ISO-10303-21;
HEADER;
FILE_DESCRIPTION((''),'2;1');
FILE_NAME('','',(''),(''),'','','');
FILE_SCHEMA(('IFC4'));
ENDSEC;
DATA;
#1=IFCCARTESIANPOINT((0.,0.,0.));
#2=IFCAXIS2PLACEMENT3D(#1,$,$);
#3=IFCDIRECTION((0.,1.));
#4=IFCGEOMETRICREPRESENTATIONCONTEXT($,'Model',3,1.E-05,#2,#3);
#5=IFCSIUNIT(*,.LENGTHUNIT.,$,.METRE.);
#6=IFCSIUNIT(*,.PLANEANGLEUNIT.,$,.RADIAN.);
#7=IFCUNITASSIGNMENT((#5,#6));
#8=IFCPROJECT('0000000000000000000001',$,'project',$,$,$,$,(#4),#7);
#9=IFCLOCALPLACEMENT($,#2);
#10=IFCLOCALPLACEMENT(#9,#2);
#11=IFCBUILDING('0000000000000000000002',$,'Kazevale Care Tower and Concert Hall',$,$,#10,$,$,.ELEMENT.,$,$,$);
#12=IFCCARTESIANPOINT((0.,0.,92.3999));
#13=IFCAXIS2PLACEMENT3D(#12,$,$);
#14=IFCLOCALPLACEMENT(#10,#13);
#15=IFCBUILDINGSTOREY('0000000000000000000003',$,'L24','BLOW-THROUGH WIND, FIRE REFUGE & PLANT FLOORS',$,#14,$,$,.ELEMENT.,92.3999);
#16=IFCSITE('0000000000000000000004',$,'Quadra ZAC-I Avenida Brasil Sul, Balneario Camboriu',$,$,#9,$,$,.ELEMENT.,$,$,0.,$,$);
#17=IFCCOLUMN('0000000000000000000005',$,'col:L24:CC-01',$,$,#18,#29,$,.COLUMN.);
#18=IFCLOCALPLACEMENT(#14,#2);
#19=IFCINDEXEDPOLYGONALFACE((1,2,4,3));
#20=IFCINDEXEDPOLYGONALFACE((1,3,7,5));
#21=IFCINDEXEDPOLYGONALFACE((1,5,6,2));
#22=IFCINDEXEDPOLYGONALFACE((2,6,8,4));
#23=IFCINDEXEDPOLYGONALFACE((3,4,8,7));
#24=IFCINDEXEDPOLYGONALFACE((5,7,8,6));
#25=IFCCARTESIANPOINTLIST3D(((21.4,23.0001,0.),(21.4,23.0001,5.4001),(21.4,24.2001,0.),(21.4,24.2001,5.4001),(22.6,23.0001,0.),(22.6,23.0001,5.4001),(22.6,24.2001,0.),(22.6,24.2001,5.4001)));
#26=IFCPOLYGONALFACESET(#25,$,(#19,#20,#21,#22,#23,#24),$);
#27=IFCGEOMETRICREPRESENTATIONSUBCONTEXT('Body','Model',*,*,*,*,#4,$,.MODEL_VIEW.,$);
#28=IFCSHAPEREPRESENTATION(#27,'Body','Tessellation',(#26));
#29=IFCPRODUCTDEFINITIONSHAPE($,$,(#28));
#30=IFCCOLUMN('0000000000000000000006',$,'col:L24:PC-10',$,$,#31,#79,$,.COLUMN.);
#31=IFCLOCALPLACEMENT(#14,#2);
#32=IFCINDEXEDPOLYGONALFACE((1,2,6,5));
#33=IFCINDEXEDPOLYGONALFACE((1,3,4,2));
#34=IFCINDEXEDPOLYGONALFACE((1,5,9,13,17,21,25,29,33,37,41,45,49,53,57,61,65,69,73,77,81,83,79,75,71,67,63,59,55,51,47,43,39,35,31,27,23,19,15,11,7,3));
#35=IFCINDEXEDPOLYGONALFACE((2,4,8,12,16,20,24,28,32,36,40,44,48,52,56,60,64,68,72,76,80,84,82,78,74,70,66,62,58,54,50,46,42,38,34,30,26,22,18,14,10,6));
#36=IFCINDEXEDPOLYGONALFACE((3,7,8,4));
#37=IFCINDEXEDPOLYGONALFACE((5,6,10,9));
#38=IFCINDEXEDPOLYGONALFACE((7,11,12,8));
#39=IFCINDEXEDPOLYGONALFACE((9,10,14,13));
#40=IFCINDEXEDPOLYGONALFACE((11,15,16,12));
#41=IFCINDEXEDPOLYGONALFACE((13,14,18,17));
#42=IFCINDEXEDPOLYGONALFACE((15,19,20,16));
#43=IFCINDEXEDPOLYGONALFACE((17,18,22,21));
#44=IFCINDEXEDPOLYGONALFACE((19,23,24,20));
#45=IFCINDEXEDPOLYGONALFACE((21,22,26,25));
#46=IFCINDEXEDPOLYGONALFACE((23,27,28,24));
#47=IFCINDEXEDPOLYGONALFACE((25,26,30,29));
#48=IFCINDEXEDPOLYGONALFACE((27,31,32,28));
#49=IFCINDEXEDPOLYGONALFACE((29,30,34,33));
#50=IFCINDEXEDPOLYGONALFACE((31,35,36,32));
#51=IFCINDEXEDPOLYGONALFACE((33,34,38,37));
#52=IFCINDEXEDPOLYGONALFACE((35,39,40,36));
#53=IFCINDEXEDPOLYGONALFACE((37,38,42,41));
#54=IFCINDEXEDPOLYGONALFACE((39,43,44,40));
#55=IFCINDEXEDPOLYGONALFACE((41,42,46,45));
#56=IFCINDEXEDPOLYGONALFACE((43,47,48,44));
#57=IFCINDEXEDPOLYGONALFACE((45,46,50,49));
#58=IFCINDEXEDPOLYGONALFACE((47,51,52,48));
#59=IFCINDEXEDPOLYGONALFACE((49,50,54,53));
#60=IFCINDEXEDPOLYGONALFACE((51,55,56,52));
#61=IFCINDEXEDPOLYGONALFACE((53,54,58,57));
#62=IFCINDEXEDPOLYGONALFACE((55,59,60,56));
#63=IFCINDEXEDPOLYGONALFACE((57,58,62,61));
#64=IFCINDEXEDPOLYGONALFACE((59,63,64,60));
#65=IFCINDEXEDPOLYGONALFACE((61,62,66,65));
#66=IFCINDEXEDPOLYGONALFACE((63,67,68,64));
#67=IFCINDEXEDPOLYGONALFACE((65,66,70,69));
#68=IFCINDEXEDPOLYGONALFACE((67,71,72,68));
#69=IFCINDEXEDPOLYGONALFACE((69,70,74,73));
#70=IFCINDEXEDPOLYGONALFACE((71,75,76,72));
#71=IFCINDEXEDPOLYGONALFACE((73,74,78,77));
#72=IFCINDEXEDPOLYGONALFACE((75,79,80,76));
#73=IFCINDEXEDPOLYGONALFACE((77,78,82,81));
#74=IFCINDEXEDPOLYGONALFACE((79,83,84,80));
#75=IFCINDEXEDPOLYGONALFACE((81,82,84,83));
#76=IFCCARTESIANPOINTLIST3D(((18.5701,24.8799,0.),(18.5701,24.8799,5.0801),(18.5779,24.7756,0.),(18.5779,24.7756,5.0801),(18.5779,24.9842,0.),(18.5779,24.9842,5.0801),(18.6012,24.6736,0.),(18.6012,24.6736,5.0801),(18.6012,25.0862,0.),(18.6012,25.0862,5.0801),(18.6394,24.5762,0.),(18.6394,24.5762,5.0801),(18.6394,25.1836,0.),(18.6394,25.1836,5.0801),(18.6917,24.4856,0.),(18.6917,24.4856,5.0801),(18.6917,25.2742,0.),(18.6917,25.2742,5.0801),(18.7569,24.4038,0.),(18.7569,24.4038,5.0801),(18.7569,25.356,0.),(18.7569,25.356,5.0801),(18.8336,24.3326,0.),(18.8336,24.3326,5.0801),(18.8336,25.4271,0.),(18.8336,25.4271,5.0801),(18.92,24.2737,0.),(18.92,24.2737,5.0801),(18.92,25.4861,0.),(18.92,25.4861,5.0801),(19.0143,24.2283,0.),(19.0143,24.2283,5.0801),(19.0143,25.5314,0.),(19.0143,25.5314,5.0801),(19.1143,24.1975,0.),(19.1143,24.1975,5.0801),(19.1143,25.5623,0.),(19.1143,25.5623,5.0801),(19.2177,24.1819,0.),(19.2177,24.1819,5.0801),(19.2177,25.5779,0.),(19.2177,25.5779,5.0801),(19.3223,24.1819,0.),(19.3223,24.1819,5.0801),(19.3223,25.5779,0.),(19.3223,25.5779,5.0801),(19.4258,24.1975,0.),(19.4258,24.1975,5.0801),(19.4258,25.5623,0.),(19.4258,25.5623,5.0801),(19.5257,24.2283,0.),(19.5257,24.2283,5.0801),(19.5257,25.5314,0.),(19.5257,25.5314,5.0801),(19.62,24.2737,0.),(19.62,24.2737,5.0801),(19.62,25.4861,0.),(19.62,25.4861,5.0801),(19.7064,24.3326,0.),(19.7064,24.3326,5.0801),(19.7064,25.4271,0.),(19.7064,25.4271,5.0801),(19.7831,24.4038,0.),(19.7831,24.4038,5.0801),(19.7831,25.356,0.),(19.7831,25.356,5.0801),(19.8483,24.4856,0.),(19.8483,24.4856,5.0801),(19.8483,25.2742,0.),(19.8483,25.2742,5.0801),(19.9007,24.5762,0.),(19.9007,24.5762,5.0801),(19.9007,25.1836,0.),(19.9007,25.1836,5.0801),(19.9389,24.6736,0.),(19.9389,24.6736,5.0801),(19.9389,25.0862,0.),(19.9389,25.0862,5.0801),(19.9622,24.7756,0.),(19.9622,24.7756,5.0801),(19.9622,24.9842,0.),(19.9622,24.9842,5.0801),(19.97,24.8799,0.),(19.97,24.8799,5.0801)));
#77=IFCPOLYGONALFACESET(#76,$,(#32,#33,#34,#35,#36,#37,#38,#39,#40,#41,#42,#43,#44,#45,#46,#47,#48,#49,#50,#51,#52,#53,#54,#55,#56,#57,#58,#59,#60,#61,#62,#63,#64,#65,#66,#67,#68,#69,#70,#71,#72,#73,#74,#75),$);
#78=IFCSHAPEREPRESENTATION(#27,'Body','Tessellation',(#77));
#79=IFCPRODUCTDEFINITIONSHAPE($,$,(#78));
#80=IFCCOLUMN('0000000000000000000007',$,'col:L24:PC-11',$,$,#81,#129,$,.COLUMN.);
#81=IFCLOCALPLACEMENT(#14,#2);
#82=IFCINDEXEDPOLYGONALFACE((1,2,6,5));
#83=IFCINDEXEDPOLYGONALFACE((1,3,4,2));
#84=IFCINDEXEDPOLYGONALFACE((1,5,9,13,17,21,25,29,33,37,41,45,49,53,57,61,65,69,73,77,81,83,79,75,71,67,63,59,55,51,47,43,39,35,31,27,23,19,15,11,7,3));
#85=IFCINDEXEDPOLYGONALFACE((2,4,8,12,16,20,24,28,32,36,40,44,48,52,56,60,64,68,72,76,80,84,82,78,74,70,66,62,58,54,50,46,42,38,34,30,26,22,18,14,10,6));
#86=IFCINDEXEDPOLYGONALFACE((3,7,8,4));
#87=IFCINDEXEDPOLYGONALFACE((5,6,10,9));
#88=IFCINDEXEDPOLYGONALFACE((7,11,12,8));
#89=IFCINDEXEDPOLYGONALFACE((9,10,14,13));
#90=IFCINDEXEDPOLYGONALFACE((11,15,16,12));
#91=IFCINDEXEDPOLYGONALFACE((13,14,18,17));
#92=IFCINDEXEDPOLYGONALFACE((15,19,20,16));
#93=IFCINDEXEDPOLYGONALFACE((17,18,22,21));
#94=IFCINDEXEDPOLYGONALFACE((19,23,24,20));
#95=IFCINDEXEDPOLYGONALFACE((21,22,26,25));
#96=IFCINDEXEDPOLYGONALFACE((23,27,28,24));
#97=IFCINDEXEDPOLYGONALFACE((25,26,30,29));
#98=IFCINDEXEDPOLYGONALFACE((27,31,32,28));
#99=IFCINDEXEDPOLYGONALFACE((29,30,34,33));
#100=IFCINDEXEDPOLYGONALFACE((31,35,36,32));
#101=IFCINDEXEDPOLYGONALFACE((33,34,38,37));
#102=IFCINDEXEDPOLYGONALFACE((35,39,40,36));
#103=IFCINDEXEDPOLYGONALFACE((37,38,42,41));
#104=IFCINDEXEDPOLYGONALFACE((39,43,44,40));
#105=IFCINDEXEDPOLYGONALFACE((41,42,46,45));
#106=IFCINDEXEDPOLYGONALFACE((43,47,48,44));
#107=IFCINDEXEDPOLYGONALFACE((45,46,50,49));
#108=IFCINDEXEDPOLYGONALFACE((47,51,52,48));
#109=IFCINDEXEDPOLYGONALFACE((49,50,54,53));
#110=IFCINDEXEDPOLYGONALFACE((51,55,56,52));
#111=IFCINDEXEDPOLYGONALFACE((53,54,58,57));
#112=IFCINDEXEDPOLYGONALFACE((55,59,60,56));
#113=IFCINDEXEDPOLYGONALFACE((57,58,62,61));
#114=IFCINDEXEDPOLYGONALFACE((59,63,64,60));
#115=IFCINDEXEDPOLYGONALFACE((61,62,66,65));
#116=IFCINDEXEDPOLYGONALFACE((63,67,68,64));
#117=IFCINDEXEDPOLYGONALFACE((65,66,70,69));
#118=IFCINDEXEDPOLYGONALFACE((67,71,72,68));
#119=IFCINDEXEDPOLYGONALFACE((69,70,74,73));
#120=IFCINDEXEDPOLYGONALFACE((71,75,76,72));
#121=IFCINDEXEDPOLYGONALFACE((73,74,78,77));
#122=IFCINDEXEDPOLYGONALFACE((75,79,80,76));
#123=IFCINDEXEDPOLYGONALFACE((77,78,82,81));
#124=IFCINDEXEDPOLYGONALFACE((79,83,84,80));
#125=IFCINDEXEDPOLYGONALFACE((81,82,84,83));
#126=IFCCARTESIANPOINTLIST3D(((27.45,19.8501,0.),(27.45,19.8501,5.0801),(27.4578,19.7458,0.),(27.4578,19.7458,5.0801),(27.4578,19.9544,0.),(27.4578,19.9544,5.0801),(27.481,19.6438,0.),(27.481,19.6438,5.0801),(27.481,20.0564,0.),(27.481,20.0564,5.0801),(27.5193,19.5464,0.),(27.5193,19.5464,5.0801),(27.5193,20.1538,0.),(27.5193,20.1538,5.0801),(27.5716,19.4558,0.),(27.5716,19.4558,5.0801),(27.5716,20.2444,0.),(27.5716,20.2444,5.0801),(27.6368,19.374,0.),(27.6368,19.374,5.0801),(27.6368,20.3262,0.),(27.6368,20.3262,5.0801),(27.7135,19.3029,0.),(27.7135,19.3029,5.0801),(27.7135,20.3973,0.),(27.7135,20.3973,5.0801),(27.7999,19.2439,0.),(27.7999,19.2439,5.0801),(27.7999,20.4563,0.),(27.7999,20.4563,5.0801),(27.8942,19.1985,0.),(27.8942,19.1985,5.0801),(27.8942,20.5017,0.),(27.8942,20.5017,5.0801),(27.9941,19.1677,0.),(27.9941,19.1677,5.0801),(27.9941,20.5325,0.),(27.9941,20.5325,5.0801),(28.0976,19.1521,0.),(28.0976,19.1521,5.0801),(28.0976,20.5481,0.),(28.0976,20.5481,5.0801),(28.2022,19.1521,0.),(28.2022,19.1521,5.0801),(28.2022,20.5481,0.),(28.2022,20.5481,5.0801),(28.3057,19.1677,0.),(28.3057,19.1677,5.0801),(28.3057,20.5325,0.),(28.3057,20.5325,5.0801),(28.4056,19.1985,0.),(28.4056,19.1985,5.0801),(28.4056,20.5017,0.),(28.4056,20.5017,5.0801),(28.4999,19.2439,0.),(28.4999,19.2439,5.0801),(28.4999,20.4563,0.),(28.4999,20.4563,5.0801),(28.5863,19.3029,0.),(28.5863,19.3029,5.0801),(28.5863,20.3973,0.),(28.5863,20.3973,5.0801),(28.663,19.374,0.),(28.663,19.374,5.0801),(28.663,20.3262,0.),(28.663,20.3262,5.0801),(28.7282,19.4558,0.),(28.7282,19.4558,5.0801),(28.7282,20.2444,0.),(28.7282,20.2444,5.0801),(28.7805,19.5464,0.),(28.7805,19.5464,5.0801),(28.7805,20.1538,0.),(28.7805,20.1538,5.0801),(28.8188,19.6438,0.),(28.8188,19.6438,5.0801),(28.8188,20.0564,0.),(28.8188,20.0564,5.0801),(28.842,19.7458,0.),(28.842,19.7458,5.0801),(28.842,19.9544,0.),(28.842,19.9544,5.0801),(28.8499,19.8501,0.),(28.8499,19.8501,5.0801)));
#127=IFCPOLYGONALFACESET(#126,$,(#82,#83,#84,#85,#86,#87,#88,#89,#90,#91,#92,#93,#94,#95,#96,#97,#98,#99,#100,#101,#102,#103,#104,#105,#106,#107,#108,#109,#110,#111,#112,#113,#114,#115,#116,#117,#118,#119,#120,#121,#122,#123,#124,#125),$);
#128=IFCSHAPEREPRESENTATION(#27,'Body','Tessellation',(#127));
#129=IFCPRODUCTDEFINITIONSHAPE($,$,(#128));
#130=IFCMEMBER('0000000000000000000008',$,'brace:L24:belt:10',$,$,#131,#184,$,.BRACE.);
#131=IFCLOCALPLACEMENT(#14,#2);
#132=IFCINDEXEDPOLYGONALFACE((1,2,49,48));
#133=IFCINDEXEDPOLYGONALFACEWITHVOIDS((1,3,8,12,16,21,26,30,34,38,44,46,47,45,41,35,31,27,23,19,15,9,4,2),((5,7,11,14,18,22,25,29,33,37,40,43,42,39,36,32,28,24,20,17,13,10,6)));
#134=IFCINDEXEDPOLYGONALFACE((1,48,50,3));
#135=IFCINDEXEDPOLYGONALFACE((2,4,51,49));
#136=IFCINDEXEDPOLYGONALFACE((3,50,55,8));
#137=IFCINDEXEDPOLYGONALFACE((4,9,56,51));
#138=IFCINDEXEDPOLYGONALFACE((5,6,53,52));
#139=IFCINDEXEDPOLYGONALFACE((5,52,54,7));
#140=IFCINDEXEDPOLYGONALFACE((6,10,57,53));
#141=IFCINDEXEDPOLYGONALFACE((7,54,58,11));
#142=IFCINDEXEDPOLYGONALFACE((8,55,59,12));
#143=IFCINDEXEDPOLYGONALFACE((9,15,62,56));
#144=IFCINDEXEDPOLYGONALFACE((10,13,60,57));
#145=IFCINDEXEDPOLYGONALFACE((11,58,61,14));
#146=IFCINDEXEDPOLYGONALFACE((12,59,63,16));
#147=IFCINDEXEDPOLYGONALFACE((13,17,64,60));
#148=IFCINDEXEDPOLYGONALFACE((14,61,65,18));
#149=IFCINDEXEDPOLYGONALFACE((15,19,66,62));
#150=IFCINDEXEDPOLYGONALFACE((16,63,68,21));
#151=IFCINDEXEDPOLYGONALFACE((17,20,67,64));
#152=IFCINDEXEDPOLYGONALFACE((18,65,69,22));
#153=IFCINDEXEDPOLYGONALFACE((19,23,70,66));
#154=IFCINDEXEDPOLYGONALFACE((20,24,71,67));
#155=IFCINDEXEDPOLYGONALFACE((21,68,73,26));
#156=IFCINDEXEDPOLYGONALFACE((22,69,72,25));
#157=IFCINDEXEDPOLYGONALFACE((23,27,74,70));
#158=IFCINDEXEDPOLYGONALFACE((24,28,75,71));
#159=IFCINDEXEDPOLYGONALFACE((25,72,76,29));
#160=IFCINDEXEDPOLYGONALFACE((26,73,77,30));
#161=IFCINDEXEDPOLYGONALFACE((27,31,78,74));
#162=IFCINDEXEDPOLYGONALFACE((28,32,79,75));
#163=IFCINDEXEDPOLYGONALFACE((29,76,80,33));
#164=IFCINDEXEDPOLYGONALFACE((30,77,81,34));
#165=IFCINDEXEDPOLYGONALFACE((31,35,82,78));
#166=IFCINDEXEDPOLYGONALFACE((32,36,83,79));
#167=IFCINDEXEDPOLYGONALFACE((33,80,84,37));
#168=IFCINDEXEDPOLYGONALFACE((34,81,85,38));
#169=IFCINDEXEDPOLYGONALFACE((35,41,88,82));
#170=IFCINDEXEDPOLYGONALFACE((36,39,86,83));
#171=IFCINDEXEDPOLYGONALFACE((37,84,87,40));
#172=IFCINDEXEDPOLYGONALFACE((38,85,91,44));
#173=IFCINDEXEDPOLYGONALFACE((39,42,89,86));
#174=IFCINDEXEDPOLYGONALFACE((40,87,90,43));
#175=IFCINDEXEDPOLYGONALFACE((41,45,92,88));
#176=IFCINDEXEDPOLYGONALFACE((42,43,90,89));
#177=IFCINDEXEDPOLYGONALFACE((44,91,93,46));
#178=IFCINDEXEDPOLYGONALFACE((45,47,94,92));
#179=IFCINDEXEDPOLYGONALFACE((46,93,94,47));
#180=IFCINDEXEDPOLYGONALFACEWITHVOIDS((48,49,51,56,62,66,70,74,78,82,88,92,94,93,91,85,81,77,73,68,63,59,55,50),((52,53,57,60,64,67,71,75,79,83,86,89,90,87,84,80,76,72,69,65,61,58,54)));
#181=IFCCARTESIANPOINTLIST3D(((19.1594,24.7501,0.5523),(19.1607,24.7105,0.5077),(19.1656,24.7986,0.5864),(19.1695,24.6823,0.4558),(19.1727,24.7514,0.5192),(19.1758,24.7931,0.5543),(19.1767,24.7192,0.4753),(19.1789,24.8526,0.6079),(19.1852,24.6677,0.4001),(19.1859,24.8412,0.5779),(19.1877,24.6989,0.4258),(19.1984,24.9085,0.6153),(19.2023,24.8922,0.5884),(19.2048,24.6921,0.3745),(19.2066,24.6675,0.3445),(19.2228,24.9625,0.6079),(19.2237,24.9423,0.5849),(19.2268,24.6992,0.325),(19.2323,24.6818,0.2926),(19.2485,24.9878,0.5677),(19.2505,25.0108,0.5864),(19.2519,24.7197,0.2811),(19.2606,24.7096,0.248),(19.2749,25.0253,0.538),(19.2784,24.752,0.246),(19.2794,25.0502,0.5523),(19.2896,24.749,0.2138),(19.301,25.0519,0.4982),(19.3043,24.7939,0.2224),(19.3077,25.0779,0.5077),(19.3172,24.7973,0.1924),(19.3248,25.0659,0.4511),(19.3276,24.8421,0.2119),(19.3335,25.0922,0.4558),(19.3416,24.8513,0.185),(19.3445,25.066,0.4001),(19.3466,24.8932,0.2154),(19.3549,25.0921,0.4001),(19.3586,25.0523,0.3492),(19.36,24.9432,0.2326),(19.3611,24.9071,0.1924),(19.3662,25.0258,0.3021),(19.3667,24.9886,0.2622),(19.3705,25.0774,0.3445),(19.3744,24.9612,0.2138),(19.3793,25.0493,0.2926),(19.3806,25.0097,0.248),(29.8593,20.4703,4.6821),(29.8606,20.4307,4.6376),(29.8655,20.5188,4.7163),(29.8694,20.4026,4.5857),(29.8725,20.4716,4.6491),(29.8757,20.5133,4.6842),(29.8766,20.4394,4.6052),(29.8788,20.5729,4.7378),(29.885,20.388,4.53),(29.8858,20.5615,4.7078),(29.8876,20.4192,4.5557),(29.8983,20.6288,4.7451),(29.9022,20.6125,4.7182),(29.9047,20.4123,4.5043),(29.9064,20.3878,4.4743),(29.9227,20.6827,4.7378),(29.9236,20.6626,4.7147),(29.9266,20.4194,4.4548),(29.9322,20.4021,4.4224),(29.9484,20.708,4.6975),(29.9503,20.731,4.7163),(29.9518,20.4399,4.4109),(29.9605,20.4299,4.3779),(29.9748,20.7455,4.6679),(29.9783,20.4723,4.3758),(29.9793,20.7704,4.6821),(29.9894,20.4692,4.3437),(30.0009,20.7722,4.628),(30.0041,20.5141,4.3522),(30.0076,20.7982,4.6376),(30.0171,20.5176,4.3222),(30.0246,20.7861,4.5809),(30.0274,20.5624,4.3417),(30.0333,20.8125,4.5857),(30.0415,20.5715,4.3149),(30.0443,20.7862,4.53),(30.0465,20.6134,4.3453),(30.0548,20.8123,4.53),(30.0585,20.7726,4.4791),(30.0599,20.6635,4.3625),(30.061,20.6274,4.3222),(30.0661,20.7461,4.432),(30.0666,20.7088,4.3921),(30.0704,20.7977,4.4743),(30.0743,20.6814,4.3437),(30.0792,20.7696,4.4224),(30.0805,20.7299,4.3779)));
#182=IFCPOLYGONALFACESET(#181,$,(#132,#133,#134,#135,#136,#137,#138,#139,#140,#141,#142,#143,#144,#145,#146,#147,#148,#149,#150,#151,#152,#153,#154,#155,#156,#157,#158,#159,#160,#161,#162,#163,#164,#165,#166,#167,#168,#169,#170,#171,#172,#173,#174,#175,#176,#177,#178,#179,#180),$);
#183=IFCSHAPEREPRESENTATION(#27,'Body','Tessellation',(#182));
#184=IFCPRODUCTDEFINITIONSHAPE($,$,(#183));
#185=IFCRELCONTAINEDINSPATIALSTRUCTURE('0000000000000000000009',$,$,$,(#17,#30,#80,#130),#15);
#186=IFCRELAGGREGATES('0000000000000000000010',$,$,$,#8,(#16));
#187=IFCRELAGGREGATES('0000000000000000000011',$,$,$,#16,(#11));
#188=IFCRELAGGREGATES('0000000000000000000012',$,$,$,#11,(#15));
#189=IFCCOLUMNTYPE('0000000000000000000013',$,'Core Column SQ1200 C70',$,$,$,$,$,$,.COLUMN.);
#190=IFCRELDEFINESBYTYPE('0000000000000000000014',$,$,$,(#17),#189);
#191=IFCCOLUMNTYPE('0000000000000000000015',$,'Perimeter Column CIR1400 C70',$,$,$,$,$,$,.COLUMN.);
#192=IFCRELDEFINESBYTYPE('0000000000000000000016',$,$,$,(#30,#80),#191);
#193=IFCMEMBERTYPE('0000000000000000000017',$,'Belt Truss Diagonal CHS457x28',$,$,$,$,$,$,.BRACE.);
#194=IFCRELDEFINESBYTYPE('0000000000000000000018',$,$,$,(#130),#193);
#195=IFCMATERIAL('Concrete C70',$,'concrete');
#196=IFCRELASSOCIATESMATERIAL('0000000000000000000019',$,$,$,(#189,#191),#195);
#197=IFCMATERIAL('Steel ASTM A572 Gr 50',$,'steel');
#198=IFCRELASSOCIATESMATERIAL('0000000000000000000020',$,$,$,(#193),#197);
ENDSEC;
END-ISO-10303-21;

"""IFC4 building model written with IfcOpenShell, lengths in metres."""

from ifc_helpers import new_model, si_unit, direction, frame, origin, origin_2d, place, context, subcontext, project, spatial, rectangle, circle, hollow_circle, extrude, material, material_profile, profile_set, type_object, element, save


model = new_model("IFC4")

# Units and contexts
model_context = context("Model", 3, precision=1e-05, world=origin(), true_north=direction((0.0, 1.0)))
body_context = subcontext(model_context, "Body", "Model", "MODEL_VIEW")
ifc_project = project(units=[si_unit("LENGTHUNIT", "METRE"), si_unit("PLANEANGLEUNIT", "RADIAN")], contexts=[model_context])

# Site, building, storey
site_placement = place(None, origin())
site = spatial("IfcSite", under=ifc_project, at=site_placement, Name="Quadra ZAC-I Avenida Brasil Sul, Balneario Camboriu", CompositionType="ELEMENT", RefElevation=0.0)
building_placement = place(site_placement, origin())
building = spatial("IfcBuilding", under=site, at=building_placement, Name="Kazevale Care Tower and Concert Hall", CompositionType="ELEMENT")
storey_placement = place(building_placement, frame((0.0, 0.0, 92.3999)))
storey = spatial("IfcBuildingStorey", under=building, at=storey_placement, Name="L24", Description="BLOW-THROUGH WIND, FIRE REFUGE & PLANT FLOORS", CompositionType="ELEMENT", Elevation=92.3999)

# Columns
ifc_material_1 = material(Name="Concrete C70", Category="concrete")
ifc_material_profile_1 = material_profile(ifc_material_1, rectangle(XDim=1.2, YDim=1.2, at=origin_2d()), Name="RC-SQ1200")
ifc_profile_set_1 = profile_set([ifc_material_profile_1], Name="Concrete C70")
column_type_1 = type_object("IfcColumnType", Name="Core Column SQ1200 C70", PredefinedType="COLUMN", material=ifc_profile_set_1)
column_placement = place(storey_placement, frame((22.0, 23.6001, 0.0), z_axis=(0.0, 0.0, 1.0), x_axis=(1.0, 0.0, 0.0)))
element("IfcColumn", 1, at=column_placement, inside=storey, type_object=column_type_1, Name="col:L24:CC-01", PredefinedType="COLUMN", context=body_context, shape_type="SweptSolid", body=[
    extrude(rectangle(XDim=1.2, YDim=1.2, at=origin_2d()), origin(), (0.0, 0.0, 1.0), 5.4001),
])
ifc_material_profile_2 = material_profile(ifc_material_1, circle(Radius=0.7, at=origin_2d()), Name="RC-CIR1400")
ifc_profile_set_2 = profile_set([ifc_material_profile_2], Name="Concrete C70")
column_type_2 = type_object("IfcColumnType", Name="Perimeter Column CIR1400 C70", PredefinedType="COLUMN", material=ifc_profile_set_2)
for number, where, z_axis, x_axis, name in (
    (2, (19.27, 24.8799, 0.0), (0.0, 0.0, 1.0), (1.0, 0.0, 0.0), "col:L24:PC-10"),
    (3, (28.1499, 19.8501, 0.0), (0.0, 0.0, 1.0), (1.0, 0.0, 0.0), "col:L24:PC-11"),
):
    element("IfcColumn", number, at=place(storey_placement, frame(where, z_axis=z_axis, x_axis=x_axis)), inside=storey, type_object=column_type_2, Name=name, PredefinedType="COLUMN", context=body_context, shape_type="SweptSolid", body=[
        extrude(circle(Radius=0.7, at=origin_2d()), origin(), (0.0, 0.0, 1.0), 5.0801),
    ])

# Member
ifc_material_2 = material(Name="Steel ASTM A572 Gr 50", Category="steel")
ifc_material_profile_3 = material_profile(ifc_material_2, hollow_circle(Radius=0.2285, WallThickness=0.0281, at=origin_2d()), Name="CHS457x28")
ifc_profile_set_3 = profile_set([ifc_material_profile_3], Name="Steel ASTM A572 Gr 50")
member_type = type_object("IfcMemberType", Name="Belt Truss Diagonal CHS457x28", PredefinedType="BRACE", material=ifc_profile_set_3)
member_1_placement = place(storey_placement, frame((19.27, 24.8799, 0.4001), z_axis=(0.874051, -0.349604, 0.337359), x_axis=(0.371376, 0.928483, 0.0)))
element("IfcMember", 4, at=member_1_placement, inside=storey, type_object=member_type, Name="brace:L24:belt:10", PredefinedType="BRACE", context=body_context, shape_type="SweptSolid", body=[
    extrude(hollow_circle(Radius=0.2285, WallThickness=0.0281, at=origin_2d()), origin(), (0.0, 0.0, 1.0), 12.2417),
])

save(model, "model.ifc")
